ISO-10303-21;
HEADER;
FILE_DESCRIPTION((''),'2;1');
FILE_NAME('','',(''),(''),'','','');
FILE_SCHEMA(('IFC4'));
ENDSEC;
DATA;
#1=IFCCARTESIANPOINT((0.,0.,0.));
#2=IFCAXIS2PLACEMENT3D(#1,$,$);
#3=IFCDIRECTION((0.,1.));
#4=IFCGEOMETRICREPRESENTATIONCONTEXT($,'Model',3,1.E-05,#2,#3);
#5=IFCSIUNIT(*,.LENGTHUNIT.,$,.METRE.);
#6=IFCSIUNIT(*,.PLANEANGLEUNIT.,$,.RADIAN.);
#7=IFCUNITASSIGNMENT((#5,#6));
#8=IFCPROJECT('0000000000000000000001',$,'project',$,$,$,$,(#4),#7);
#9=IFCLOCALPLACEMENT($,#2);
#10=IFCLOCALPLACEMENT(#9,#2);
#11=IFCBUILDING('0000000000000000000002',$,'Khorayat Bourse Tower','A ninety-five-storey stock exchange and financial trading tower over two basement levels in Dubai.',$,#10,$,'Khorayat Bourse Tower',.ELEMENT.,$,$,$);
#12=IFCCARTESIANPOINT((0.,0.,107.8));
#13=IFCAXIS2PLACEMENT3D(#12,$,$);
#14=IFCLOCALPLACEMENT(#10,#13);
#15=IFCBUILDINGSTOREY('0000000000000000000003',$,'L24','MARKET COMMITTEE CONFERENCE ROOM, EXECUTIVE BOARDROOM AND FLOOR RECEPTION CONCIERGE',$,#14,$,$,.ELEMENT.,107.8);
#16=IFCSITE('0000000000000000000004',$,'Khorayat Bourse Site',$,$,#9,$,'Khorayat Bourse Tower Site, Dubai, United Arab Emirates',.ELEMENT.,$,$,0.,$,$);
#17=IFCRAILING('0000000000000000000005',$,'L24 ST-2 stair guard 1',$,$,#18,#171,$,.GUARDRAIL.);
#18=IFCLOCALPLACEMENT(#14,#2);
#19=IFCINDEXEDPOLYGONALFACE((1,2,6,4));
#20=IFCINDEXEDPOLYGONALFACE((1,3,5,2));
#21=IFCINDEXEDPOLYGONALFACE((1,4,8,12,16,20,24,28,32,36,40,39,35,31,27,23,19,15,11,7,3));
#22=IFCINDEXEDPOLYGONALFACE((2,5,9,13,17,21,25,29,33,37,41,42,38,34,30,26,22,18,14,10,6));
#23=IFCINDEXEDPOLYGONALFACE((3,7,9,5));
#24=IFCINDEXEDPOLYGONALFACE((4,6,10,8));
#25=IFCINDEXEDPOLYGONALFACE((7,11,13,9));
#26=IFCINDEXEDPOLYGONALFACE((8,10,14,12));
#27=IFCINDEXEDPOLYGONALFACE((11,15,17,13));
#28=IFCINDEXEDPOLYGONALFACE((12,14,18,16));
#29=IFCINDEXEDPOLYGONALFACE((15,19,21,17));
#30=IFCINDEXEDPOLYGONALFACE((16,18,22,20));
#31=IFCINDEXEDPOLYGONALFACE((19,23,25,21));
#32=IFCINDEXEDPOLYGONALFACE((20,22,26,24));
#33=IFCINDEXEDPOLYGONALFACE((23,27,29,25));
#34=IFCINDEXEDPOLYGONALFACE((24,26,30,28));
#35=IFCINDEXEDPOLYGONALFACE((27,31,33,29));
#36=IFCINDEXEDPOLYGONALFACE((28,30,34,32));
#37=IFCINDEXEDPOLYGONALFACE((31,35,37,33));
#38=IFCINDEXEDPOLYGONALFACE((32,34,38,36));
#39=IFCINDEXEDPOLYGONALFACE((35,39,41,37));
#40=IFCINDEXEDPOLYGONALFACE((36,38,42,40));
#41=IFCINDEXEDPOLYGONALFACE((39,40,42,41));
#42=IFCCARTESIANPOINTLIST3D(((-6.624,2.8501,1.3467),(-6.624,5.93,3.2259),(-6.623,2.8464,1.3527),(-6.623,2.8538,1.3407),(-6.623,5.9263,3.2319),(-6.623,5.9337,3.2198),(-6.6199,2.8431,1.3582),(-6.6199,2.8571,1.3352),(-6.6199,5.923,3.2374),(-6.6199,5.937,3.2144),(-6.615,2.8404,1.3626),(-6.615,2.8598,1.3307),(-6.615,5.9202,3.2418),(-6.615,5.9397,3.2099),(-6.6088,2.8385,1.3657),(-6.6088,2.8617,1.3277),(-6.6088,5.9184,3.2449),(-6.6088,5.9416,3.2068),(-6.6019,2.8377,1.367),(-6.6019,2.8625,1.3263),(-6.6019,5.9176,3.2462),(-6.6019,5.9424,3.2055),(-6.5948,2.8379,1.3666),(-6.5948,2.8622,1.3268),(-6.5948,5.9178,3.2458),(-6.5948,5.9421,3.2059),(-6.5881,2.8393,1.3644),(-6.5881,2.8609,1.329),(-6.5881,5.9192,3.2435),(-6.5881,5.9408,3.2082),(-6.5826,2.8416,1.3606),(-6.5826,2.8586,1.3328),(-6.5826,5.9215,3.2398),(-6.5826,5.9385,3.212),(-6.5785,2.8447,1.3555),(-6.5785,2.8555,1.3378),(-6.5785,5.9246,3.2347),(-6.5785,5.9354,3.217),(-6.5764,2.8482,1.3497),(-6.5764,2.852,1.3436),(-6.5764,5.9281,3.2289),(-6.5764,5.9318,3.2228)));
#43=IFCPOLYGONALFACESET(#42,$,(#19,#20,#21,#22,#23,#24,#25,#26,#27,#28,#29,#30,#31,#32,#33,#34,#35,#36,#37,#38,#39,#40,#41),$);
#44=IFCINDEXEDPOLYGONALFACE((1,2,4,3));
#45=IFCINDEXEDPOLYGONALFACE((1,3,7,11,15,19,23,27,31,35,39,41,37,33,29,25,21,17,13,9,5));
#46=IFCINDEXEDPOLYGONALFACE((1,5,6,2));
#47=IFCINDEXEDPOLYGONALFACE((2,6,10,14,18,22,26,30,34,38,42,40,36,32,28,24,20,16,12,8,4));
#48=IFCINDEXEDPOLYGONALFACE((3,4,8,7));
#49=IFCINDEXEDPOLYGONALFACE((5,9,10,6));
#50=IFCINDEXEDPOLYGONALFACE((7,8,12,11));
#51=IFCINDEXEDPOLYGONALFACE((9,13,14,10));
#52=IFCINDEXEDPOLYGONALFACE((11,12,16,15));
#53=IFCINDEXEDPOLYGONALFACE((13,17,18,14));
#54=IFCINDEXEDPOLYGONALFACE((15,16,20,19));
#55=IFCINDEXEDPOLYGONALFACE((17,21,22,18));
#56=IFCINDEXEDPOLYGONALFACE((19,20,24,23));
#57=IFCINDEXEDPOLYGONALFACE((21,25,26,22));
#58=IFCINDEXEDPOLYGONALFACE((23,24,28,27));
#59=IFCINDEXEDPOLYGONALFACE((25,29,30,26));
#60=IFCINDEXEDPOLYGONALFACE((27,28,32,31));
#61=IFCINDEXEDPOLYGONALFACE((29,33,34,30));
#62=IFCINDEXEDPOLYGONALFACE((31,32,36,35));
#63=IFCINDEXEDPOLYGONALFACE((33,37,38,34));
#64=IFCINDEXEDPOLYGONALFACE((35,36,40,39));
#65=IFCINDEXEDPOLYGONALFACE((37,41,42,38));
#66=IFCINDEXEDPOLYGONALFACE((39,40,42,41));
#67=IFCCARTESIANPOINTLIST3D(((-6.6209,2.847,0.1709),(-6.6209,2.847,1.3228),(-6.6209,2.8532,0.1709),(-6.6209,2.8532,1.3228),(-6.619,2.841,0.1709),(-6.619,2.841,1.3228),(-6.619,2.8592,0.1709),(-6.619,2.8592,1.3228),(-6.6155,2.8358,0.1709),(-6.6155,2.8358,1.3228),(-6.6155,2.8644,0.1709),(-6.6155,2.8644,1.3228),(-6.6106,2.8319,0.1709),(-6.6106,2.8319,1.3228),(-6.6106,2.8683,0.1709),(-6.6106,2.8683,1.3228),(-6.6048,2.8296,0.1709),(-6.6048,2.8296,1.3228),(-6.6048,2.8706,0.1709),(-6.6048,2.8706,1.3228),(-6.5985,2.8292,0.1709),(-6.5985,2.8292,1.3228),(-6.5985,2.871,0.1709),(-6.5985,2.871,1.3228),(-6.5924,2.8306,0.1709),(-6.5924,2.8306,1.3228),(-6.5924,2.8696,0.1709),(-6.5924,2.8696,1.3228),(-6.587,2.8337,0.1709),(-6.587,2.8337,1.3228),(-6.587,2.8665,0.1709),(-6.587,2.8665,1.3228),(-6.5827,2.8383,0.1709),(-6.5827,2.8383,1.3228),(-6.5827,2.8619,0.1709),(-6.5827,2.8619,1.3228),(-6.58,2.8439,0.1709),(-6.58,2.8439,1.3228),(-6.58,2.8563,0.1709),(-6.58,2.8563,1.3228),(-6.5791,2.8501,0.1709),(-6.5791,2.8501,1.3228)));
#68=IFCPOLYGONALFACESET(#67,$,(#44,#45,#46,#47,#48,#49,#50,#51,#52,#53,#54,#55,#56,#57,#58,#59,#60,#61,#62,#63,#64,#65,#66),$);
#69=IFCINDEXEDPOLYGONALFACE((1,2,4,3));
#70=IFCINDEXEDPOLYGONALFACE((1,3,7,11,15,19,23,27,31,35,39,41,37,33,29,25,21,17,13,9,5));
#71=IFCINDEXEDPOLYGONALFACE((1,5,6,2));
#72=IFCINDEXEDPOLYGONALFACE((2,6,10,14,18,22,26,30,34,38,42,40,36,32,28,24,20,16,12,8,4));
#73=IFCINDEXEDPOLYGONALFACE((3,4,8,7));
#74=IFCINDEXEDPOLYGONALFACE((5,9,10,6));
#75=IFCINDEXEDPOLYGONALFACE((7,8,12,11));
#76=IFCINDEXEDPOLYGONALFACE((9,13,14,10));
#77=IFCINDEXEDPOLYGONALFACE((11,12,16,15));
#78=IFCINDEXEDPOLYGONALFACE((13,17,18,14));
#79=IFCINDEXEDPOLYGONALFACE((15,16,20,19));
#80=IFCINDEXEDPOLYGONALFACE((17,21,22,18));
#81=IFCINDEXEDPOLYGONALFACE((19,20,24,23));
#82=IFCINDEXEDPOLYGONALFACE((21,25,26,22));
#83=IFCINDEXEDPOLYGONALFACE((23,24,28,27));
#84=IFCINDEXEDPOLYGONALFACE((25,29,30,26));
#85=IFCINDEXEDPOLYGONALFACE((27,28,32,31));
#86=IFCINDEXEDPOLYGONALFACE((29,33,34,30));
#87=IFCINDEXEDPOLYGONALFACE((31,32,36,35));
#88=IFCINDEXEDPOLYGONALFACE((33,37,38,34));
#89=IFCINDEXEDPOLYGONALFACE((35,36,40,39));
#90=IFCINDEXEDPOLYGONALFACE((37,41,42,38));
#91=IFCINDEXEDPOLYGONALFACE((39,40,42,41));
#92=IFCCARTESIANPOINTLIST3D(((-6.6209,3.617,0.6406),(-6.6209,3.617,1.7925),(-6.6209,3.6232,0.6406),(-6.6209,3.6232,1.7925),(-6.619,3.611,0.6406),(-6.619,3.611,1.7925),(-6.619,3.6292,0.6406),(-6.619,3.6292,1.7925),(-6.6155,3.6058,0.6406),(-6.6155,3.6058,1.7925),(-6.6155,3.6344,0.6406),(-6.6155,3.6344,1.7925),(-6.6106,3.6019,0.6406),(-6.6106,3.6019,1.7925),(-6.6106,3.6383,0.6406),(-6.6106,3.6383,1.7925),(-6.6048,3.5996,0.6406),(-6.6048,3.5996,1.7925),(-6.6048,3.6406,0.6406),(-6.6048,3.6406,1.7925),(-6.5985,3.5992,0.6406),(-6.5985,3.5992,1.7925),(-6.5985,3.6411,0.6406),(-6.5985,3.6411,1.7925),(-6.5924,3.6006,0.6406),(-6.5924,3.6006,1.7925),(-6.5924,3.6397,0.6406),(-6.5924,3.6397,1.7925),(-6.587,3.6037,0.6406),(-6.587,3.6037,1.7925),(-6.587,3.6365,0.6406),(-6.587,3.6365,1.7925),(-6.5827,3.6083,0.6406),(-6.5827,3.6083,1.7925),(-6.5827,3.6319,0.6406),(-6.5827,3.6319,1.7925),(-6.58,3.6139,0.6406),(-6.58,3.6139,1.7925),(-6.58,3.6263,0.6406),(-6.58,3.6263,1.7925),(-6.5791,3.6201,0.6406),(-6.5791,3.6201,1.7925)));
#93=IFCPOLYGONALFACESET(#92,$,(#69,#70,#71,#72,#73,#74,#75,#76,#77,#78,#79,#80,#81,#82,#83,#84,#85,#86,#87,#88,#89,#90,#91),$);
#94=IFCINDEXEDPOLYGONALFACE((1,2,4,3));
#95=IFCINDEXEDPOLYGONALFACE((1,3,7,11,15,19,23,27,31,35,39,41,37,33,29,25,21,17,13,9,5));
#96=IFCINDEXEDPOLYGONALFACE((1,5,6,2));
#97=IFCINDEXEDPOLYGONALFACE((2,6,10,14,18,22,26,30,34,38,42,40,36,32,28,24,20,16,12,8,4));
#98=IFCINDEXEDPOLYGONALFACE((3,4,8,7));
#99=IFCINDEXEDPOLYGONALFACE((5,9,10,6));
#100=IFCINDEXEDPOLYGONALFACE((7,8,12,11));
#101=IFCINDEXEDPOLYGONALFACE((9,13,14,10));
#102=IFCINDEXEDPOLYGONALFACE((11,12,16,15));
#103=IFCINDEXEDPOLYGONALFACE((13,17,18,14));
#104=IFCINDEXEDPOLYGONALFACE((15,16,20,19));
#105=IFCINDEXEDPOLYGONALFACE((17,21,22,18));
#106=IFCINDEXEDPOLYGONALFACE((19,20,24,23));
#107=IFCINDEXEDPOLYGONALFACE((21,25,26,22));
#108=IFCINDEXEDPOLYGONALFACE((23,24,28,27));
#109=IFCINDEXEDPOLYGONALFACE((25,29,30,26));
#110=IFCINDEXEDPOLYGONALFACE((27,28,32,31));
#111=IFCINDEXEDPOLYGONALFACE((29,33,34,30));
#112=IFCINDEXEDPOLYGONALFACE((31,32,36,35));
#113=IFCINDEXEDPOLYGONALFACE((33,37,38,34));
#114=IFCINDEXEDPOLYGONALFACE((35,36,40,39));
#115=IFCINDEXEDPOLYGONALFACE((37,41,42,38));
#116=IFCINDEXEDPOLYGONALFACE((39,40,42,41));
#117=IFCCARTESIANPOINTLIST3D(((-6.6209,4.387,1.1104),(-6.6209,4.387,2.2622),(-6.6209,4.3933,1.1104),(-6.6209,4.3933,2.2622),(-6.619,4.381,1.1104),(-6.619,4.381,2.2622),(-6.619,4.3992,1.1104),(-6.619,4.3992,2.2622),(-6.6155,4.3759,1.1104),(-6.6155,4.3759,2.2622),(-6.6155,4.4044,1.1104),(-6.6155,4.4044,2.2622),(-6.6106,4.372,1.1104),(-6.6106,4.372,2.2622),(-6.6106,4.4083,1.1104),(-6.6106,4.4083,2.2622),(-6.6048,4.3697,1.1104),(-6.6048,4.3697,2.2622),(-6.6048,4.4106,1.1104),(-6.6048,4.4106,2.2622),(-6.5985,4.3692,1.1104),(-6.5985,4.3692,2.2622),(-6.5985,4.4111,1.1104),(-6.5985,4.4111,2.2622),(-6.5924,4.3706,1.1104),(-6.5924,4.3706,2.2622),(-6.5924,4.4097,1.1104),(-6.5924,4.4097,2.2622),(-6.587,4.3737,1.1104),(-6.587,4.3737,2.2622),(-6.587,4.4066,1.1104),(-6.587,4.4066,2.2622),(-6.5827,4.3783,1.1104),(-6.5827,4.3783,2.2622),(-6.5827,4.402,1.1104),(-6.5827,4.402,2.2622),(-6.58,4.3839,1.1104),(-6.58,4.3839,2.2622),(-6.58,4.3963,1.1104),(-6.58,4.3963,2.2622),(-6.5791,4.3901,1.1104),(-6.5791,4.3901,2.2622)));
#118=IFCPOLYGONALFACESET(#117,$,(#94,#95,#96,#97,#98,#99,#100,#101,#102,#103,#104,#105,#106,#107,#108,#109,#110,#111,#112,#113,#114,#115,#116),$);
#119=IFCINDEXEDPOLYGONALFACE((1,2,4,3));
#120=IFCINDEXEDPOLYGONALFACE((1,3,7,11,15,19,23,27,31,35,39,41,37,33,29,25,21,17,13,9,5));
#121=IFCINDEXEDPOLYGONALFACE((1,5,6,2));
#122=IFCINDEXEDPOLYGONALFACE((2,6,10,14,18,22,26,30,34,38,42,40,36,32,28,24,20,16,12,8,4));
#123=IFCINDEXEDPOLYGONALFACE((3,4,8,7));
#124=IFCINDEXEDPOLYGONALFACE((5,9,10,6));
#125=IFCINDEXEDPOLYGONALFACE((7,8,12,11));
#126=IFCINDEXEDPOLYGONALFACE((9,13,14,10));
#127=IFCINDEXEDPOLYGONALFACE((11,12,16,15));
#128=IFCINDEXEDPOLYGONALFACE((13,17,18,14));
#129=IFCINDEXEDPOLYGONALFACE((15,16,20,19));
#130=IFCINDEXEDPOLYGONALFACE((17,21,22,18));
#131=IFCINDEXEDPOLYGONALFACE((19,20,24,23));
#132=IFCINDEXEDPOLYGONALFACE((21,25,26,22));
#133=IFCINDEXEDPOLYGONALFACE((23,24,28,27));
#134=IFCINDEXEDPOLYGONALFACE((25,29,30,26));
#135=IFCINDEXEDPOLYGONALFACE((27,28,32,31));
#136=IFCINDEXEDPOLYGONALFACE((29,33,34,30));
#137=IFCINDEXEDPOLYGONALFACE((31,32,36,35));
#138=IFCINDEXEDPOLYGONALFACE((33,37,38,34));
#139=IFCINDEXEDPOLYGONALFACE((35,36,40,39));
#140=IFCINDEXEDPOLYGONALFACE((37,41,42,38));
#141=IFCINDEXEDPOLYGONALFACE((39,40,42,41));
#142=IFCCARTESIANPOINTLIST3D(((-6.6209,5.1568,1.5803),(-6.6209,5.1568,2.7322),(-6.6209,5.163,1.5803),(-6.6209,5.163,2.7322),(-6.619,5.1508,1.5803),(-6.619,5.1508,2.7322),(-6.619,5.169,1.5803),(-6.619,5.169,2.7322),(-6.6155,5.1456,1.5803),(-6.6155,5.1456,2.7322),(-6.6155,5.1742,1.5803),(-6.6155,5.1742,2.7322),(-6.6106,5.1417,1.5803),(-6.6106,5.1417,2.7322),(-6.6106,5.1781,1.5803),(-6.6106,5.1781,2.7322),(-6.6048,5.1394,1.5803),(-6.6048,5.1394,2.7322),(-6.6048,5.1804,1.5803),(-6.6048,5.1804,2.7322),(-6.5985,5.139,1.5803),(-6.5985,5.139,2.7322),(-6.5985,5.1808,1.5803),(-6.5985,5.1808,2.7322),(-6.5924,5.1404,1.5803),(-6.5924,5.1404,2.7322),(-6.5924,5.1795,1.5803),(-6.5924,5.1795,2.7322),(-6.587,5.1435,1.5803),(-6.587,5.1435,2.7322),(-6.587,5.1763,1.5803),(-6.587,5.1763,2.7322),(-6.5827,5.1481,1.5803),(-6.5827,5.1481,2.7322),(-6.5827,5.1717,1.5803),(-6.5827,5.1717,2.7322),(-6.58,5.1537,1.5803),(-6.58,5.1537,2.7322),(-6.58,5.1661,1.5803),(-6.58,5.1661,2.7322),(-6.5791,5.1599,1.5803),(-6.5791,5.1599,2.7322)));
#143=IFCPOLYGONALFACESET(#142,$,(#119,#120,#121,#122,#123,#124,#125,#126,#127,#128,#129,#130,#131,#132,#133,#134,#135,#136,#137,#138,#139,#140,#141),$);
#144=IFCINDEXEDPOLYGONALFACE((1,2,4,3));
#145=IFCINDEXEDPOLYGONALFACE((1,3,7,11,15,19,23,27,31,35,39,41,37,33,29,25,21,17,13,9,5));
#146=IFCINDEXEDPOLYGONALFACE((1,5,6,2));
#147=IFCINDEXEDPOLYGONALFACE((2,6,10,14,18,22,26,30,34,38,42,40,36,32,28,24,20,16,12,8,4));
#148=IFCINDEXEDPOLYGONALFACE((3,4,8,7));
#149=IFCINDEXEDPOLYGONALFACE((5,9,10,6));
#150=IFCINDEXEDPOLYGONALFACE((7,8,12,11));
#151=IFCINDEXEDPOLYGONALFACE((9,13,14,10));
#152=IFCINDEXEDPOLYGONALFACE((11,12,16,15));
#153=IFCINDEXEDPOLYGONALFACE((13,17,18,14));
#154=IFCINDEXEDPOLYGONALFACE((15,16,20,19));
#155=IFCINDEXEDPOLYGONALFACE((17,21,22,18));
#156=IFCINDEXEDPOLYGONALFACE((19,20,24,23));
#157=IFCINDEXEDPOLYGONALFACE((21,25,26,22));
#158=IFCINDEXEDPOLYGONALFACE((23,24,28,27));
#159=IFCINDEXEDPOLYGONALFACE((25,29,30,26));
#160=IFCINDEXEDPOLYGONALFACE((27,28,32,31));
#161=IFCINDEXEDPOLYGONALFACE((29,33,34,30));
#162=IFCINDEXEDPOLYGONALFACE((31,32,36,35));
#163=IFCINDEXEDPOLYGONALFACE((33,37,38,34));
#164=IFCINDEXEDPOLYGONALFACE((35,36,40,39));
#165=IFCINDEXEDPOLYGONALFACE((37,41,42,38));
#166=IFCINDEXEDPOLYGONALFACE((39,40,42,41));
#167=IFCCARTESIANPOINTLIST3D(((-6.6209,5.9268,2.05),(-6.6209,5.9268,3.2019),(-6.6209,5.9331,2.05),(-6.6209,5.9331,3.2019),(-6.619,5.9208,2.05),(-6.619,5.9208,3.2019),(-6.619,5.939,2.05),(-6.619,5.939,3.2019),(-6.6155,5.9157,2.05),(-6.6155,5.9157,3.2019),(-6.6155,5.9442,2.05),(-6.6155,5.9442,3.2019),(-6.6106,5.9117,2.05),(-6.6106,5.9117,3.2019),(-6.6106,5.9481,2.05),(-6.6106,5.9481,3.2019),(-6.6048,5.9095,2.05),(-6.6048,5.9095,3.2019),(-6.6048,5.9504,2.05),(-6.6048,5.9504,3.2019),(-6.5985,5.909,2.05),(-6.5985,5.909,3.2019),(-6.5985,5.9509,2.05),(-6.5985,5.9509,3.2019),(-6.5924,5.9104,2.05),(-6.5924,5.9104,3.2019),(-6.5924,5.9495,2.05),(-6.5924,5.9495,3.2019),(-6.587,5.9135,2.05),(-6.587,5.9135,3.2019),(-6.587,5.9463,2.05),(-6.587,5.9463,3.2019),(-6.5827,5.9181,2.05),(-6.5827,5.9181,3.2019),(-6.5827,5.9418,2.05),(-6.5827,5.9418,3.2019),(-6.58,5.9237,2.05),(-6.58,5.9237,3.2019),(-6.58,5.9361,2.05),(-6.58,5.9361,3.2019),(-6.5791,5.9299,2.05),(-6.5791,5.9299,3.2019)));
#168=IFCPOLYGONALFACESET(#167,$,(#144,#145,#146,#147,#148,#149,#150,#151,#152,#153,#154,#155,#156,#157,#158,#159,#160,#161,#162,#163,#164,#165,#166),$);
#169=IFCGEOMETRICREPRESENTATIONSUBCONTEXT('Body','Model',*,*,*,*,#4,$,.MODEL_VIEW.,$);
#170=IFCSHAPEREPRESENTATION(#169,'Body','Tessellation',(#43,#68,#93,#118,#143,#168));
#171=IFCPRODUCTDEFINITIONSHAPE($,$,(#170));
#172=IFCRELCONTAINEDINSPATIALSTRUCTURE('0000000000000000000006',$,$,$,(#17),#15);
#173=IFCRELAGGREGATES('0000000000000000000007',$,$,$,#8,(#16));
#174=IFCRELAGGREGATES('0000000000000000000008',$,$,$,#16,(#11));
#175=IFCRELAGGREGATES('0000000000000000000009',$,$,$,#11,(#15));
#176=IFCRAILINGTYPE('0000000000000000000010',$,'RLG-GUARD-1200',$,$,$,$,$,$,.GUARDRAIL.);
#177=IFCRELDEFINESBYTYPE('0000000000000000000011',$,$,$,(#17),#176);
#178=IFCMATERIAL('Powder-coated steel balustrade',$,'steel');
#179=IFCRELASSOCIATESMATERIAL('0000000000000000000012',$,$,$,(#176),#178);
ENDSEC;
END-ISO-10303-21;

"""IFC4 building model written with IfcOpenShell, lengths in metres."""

from ifc_helpers import new_model, si_unit, direction, frame, origin, origin_2d, place, context, subcontext, project, spatial, circle, extrude, source, transform, mapped, material, type_object, element, save


model = new_model("IFC4")

# Units and contexts
model_context = context("Model", 3, precision=1e-05, world=origin(), true_north=direction((0.0, 1.0)))
body_context = subcontext(model_context, "Body", "Model", "MODEL_VIEW")
ifc_project = project(units=[si_unit("LENGTHUNIT", "METRE"), si_unit("PLANEANGLEUNIT", "RADIAN")], contexts=[model_context])

# Site, building, storey
site_placement = place(None, origin())
site = spatial("IfcSite", under=ifc_project, at=site_placement, Name="Khorayat Bourse Site", LongName="Khorayat Bourse Tower Site, Dubai, United Arab Emirates", CompositionType="ELEMENT", RefElevation=0.0)
building_placement = place(site_placement, origin())
building = spatial("IfcBuilding", under=site, at=building_placement, Name="Khorayat Bourse Tower", Description="A ninety-five-storey stock exchange and financial trading tower over two basement levels in Dubai.", LongName="Khorayat Bourse Tower", CompositionType="ELEMENT")
storey_placement = place(building_placement, frame((0.0, 0.0, 107.8)))
storey = spatial("IfcBuildingStorey", under=building, at=storey_placement, Name="L24", Description="MARKET COMMITTEE CONFERENCE ROOM, EXECUTIVE BOARDROOM AND FLOOR RECEPTION CONCIERGE", CompositionType="ELEMENT", Elevation=107.8)

# Railing
ifc_material_1 = material(Name="Powder-coated steel balustrade", Category="steel")
railing_type_1 = type_object("IfcRailingType", Name="RLG-GUARD-1200", PredefinedType="GUARDRAIL", material=ifc_material_1)
shared_shape_1 = source(origin(), body_context, "Body", "SweptSolid", [
    extrude(circle(Radius=0.0239, at=origin_2d()), frame((0.0, 0.0, 1.1758), z_axis=(0.0, 0.853648, 0.52085), x_axis=(-1.0, 0.0, 0.0)), (0.0, 0.0, 1.0), 3.6079),
    extrude(circle(Radius=0.021, at=origin_2d()), origin(), (0.0, 0.0, 1.0), 1.1519),
    extrude(circle(Radius=0.021, at=origin_2d()), frame((0.0, 0.77, 0.4697)), (0.0, 0.0, 1.0), 1.1519),
    extrude(circle(Radius=0.021, at=origin_2d()), frame((0.0, 1.54, 0.9395)), (0.0, 0.0, 1.0), 1.1519),
    extrude(circle(Radius=0.021, at=origin_2d()), frame((0.0, 2.3098, 1.4094)), (0.0, 0.0, 1.0), 1.1519),
    extrude(circle(Radius=0.021, at=origin_2d()), frame((0.0, 3.0798, 1.8792)), (0.0, 0.0, 1.0), 1.1519),
])
railing_1_placement = place(storey_placement, frame((-6.6001, 2.8501, 0.1709)))
element("IfcRailing", 1, at=railing_1_placement, inside=storey, type_object=railing_type_1, Name="L24 ST-2 stair guard 1", PredefinedType="GUARDRAIL", context=body_context, shape_type="MappedRepresentation", body=[
    mapped(shared_shape_1, transform((0.0, 0.0, 0.0), scale=1.0)),
])

save(model, "model.ifc")
